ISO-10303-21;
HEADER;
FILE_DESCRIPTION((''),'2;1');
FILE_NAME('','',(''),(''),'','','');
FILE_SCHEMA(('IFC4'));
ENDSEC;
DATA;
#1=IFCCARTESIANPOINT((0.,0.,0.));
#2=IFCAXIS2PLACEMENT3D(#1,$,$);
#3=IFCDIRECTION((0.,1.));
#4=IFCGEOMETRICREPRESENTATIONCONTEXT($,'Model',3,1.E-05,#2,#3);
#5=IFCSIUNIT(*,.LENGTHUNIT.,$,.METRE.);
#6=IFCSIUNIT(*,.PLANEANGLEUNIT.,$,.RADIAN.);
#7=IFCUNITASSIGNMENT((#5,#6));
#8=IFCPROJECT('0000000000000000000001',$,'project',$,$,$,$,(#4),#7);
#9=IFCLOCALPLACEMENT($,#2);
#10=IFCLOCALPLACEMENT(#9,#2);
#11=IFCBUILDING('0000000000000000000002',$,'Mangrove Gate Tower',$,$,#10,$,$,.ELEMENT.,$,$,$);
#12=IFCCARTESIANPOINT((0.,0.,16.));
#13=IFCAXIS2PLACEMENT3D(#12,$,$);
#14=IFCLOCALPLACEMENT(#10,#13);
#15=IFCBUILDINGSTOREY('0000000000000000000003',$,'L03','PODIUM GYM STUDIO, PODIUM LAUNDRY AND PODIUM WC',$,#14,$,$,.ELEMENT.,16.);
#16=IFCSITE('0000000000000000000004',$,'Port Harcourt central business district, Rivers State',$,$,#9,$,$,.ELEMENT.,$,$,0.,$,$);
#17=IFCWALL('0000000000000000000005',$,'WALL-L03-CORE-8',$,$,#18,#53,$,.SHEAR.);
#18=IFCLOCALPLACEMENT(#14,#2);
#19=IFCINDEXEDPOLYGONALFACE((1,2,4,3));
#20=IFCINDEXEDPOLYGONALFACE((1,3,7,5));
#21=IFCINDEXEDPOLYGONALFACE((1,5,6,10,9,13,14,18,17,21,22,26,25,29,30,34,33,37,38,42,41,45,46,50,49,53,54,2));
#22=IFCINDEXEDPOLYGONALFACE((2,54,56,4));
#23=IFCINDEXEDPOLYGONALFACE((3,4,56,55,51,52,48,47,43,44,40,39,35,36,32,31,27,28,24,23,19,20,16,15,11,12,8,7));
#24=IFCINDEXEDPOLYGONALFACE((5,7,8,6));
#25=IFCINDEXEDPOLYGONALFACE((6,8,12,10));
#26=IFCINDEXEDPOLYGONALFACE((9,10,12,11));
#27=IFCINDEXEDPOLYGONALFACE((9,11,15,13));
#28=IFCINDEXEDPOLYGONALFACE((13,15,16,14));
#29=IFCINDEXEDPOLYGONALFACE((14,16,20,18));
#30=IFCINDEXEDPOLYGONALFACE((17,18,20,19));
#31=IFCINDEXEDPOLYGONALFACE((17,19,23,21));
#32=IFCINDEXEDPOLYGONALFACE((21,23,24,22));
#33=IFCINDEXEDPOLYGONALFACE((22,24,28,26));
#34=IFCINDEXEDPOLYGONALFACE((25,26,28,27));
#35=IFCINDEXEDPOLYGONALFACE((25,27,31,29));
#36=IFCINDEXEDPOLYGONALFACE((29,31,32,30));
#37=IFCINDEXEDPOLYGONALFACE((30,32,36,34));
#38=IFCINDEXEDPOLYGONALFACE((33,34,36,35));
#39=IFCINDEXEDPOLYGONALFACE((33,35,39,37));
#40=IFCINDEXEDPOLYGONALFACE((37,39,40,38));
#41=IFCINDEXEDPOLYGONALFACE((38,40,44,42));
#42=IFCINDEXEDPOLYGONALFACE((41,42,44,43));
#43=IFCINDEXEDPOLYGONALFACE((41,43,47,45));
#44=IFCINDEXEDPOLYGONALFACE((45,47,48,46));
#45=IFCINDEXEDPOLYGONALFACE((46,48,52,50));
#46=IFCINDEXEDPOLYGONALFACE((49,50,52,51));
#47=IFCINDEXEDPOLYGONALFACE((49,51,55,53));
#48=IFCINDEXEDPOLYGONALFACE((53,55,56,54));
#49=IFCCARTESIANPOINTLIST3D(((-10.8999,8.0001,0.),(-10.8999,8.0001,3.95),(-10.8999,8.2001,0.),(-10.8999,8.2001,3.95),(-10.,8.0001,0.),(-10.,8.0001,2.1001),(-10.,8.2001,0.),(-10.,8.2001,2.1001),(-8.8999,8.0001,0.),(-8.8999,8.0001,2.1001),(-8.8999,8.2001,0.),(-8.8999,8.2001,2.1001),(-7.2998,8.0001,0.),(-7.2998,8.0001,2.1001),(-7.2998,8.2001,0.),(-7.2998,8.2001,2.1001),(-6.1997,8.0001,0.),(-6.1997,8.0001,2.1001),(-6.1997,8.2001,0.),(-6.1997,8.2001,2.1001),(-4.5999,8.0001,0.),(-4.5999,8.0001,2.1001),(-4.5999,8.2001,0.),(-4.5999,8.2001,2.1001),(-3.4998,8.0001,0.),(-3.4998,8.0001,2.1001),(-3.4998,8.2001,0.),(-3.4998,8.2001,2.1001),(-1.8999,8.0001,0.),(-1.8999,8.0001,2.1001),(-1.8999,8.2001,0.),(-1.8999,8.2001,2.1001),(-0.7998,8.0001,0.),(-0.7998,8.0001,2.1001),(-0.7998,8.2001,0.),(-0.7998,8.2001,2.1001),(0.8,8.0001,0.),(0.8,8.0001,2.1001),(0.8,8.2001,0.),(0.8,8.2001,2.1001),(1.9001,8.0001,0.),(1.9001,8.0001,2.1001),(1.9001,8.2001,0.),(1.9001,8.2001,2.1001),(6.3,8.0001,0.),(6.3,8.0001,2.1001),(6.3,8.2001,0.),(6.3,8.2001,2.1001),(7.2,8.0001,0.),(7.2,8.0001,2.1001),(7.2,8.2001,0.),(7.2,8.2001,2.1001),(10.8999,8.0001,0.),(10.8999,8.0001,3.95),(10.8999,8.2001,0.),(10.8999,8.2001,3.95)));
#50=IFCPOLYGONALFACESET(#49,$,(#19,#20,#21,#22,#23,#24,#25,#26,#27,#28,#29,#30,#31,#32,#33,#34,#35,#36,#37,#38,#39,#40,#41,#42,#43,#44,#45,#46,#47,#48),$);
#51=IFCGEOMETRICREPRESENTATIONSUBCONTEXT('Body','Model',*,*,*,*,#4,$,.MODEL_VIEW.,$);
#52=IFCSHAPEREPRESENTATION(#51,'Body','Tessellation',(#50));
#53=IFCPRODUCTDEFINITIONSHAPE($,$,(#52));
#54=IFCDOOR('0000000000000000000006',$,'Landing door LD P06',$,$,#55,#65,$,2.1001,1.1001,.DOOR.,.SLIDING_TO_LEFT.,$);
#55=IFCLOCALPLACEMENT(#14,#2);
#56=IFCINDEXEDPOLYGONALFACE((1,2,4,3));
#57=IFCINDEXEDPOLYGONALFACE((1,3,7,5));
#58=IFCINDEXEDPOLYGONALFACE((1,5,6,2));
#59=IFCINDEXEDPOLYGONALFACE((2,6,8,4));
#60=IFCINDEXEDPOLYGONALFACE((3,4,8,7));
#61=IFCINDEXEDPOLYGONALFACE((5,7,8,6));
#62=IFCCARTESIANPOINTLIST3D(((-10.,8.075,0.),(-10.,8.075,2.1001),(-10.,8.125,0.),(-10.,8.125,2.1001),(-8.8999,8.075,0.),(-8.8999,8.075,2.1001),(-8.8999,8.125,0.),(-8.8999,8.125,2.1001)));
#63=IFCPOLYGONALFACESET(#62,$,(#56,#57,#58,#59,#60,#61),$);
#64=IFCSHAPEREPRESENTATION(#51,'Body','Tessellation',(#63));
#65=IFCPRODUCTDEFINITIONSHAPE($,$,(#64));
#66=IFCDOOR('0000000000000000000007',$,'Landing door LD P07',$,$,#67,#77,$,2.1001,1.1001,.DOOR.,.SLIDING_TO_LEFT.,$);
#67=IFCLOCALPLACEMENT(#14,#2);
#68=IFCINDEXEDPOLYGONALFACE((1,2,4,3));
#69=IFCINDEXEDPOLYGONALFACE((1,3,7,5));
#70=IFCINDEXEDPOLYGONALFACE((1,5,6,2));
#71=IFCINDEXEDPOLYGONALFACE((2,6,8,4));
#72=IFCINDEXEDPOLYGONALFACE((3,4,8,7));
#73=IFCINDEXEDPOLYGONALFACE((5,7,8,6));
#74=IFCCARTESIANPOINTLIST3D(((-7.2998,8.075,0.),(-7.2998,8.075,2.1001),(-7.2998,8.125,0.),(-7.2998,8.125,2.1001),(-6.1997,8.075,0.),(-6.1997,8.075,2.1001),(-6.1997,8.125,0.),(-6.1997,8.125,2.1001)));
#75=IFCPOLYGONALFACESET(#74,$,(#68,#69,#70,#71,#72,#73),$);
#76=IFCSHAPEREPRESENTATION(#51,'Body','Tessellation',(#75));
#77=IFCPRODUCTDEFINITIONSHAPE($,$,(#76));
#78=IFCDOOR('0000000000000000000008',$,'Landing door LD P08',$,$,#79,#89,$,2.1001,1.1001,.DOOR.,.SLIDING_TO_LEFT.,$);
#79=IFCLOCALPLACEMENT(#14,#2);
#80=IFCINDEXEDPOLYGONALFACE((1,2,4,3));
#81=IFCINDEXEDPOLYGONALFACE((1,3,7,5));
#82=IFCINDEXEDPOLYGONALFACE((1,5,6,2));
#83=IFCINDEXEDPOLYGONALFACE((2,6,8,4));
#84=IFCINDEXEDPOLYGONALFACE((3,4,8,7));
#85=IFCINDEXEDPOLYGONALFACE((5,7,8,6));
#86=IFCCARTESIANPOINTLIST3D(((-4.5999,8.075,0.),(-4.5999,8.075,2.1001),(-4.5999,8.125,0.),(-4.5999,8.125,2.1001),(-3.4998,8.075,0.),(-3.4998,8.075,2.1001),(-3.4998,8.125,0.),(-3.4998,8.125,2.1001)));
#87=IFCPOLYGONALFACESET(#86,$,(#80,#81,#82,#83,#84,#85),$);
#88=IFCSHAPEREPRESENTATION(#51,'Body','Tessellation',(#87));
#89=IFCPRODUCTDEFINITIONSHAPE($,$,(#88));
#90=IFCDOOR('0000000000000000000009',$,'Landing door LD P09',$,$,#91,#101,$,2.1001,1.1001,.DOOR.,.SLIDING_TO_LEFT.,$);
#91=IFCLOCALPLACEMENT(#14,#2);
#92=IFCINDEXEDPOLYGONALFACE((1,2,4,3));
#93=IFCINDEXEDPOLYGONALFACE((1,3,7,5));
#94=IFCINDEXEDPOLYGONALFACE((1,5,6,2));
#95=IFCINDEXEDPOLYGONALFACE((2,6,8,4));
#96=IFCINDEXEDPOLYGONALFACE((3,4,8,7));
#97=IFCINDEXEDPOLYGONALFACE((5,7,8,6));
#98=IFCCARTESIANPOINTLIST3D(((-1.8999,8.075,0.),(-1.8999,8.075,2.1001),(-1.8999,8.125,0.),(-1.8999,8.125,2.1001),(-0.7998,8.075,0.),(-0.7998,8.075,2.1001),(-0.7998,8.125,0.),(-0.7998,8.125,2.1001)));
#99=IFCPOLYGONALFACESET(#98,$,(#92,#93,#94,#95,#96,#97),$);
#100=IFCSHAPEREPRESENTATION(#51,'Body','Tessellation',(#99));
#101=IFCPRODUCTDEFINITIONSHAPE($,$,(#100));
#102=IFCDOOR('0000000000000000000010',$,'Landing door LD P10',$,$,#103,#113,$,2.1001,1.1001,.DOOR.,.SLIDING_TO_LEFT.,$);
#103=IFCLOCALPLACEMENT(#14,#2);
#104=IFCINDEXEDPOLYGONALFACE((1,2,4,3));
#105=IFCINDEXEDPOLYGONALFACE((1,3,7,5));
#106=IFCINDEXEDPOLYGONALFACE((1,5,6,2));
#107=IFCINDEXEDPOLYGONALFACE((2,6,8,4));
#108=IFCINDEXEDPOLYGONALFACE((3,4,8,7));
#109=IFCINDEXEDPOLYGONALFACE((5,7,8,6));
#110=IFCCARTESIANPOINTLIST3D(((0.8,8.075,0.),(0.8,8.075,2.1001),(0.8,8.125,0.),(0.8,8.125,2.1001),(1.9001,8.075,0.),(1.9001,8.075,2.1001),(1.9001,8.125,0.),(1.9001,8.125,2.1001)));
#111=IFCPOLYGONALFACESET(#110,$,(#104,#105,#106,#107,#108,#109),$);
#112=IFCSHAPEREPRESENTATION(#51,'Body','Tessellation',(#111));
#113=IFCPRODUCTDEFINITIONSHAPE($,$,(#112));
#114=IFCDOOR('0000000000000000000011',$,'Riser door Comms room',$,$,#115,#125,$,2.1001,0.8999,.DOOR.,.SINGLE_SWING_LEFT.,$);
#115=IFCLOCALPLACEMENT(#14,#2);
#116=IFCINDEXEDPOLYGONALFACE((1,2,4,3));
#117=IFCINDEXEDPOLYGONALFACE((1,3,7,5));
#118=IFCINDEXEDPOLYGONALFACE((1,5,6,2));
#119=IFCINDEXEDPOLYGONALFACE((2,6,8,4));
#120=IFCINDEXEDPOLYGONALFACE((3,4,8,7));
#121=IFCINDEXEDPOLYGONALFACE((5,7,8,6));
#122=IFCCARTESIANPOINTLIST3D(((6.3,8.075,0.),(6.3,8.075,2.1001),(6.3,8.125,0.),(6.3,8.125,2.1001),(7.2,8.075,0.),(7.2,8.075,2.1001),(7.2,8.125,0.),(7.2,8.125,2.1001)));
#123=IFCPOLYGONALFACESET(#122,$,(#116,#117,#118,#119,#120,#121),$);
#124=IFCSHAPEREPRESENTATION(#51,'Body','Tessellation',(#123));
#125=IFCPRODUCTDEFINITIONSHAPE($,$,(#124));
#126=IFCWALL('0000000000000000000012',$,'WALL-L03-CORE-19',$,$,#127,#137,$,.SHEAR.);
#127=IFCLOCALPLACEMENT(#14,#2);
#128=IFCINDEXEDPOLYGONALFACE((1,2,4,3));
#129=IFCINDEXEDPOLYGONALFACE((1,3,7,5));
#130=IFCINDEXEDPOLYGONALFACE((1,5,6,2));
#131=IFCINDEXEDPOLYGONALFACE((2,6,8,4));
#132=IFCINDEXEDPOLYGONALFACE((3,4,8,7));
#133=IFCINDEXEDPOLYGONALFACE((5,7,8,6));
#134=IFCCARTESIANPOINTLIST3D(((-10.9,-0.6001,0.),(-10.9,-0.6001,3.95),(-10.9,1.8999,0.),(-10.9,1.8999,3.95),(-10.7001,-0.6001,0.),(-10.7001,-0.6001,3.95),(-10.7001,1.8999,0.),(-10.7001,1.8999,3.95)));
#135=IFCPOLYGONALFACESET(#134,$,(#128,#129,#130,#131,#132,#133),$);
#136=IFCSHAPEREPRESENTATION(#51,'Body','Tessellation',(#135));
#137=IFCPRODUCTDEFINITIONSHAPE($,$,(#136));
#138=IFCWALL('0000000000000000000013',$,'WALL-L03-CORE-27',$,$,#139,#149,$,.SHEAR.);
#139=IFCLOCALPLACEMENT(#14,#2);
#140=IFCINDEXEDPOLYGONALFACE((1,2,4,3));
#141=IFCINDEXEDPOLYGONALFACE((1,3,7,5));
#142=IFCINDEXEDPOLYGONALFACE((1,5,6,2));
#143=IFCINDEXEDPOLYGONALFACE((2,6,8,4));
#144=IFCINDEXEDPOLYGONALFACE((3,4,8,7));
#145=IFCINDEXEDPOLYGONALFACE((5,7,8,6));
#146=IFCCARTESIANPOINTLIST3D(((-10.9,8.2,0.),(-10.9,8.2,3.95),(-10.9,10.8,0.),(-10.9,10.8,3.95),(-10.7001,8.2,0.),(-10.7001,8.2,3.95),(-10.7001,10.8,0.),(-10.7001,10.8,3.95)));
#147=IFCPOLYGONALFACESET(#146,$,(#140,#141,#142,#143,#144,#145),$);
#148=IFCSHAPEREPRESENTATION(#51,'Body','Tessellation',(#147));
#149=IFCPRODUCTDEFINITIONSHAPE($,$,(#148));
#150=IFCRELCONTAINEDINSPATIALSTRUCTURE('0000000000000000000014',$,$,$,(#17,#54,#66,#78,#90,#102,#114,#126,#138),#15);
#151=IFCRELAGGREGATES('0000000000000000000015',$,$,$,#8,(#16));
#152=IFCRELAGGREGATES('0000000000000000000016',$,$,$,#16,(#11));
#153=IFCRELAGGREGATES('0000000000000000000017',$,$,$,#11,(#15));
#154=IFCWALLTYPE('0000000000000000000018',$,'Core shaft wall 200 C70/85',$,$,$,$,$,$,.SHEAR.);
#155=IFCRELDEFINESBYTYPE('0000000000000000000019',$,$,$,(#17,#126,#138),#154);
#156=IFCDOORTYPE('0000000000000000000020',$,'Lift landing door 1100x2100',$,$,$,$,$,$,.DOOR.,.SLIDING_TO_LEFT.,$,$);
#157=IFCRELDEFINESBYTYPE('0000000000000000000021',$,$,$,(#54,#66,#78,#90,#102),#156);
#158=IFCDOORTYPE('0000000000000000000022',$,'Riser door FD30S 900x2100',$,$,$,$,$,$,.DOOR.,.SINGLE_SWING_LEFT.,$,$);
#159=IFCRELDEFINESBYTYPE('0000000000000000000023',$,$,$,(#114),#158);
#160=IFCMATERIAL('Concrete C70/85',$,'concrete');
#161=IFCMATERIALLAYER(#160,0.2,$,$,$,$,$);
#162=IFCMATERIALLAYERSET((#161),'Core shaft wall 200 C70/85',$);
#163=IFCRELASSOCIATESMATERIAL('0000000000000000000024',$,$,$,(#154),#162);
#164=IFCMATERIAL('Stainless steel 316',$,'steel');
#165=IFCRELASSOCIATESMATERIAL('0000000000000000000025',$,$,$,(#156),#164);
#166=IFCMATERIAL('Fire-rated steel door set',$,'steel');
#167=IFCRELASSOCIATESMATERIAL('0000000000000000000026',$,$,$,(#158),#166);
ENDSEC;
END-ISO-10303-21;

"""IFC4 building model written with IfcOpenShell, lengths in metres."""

from ifc_helpers import new_model, si_unit, direction, frame, frame_2d, origin, place, context, subcontext, project, spatial, rectangle, extrude, material, layer, layer_set, type_object, element, fill, save


model = new_model("IFC4")

# Units and contexts
model_context = context("Model", 3, precision=1e-05, world=origin(), true_north=direction((0.0, 1.0)))
body_context = subcontext(model_context, "Body", "Model", "MODEL_VIEW")
ifc_project = project(units=[si_unit("LENGTHUNIT", "METRE"), si_unit("PLANEANGLEUNIT", "RADIAN")], contexts=[model_context])

# Site, building, storey
site_placement = place(None, origin())
site = spatial("IfcSite", under=ifc_project, at=site_placement, Name="Port Harcourt central business district, Rivers State", CompositionType="ELEMENT", RefElevation=0.0)
building_placement = place(site_placement, origin())
building = spatial("IfcBuilding", under=site, at=building_placement, Name="Mangrove Gate Tower", CompositionType="ELEMENT")
storey_placement = place(building_placement, frame((0.0, 0.0, 16.0)))
storey = spatial("IfcBuildingStorey", under=building, at=storey_placement, Name="L03", Description="PODIUM GYM STUDIO, PODIUM LAUNDRY AND PODIUM WC", CompositionType="ELEMENT", Elevation=16.0)

# Shared definitions
ifc_material_1 = material(Name="Concrete C70/85", Category="concrete")
ifc_layer = layer(ifc_material_1, 0.2)
ifc_layer_set = layer_set([ifc_layer], Name="Core shaft wall 200 C70/85")
wall_type = type_object("IfcWallType", Name="Core shaft wall 200 C70/85", PredefinedType="SHEAR", material=ifc_layer_set)

# Wall, openings, doors
ifc_material_2 = material(Name="Stainless steel 316", Category="steel")
door_type_1 = type_object("IfcDoorType", Name="Lift landing door 1100x2100", OperationType="SLIDING_TO_LEFT", PredefinedType="DOOR", material=ifc_material_2)
ifc_material_3 = material(Name="Fire-rated steel door set", Category="steel")
door_type_2 = type_object("IfcDoorType", Name="Riser door FD30S 900x2100", OperationType="SINGLE_SWING_LEFT", PredefinedType="DOOR", material=ifc_material_3)
wall_1_placement = place(storey_placement, frame((-10.8999, 8.1001, 0.0), z_axis=(0.0, 0.0, 1.0), x_axis=(1.0, 0.0, 0.0)))
wall_1 = element("IfcWall", 1, at=wall_1_placement, inside=storey, type_object=wall_type, Name="WALL-L03-CORE-8", PredefinedType="SHEAR", context=body_context, shape_type="SweptSolid", body=[
    extrude(rectangle(XDim=21.7998, YDim=0.2, at=frame_2d((10.8999, 0.0))), origin(), (0.0, 0.0, 1.0), 3.95),
])
opening_1_placement = place(wall_1_placement, frame((0.8999, 0.0, 0.0)))
opening_1 = element("IfcOpeningElement", 2, at=opening_1_placement, cuts=wall_1, PredefinedType="OPENING", context=body_context, shape_type="SweptSolid", body=[
    extrude(rectangle(XDim=1.1001, YDim=2.1001, at=frame_2d((0.55, 1.05))), frame((0.0, 0.1099, 0.0), z_axis=(0.0, -1.0, 0.0), x_axis=(1.0, 0.0, 0.0)), (0.0, 0.0, 1.0), 0.22),
])
opening_2_placement = place(wall_1_placement, frame((3.6001, 0.0, 0.0)))
opening_2 = element("IfcOpeningElement", 3, at=opening_2_placement, cuts=wall_1, PredefinedType="OPENING", context=body_context, shape_type="SweptSolid", body=[
    extrude(rectangle(XDim=1.1001, YDim=2.1001, at=frame_2d((0.55, 1.05))), frame((0.0, 0.1099, 0.0), z_axis=(0.0, -1.0, 0.0), x_axis=(1.0, 0.0, 0.0)), (0.0, 0.0, 1.0), 0.22),
])
opening_3_placement = place(wall_1_placement, frame((6.3, 0.0, 0.0)))
opening_3 = element("IfcOpeningElement", 4, at=opening_3_placement, cuts=wall_1, PredefinedType="OPENING", context=body_context, shape_type="SweptSolid", body=[
    extrude(rectangle(XDim=1.1001, YDim=2.1001, at=frame_2d((0.55, 1.05))), frame((0.0, 0.1099, 0.0), z_axis=(0.0, -1.0, 0.0), x_axis=(1.0, 0.0, 0.0)), (0.0, 0.0, 1.0), 0.22),
])
opening_4_placement = place(wall_1_placement, frame((9.0, 0.0, 0.0)))
opening_4 = element("IfcOpeningElement", 5, at=opening_4_placement, cuts=wall_1, PredefinedType="OPENING", context=body_context, shape_type="SweptSolid", body=[
    extrude(rectangle(XDim=1.1001, YDim=2.1001, at=frame_2d((0.55, 1.05))), frame((0.0, 0.1099, 0.0), z_axis=(0.0, -1.0, 0.0), x_axis=(1.0, 0.0, 0.0)), (0.0, 0.0, 1.0), 0.22),
])
opening_5_placement = place(wall_1_placement, frame((11.7, 0.0, 0.0)))
opening_5 = element("IfcOpeningElement", 6, at=opening_5_placement, cuts=wall_1, PredefinedType="OPENING", context=body_context, shape_type="SweptSolid", body=[
    extrude(rectangle(XDim=1.1001, YDim=2.1001, at=frame_2d((0.55, 1.05))), frame((0.0, 0.1099, 0.0), z_axis=(0.0, -1.0, 0.0), x_axis=(1.0, 0.0, 0.0)), (0.0, 0.0, 1.0), 0.22),
])
opening_6_placement = place(wall_1_placement, frame((17.2, 0.0, 0.0)))
opening_6 = element("IfcOpeningElement", 7, at=opening_6_placement, cuts=wall_1, PredefinedType="OPENING", context=body_context, shape_type="SweptSolid", body=[
    extrude(rectangle(XDim=0.8999, YDim=2.1001, at=frame_2d((0.45, 1.05))), frame((0.0, 0.1099, 0.0), z_axis=(0.0, -1.0, 0.0), x_axis=(1.0, 0.0, 0.0)), (0.0, 0.0, 1.0), 0.22),
])
door_1_placement = place(opening_1_placement, origin())
door_1 = element("IfcDoor", 8, at=door_1_placement, inside=storey, type_object=door_type_1, Name="Landing door LD P06", OperationType="SLIDING_TO_LEFT", OverallHeight=2.1001, OverallWidth=1.1001, PredefinedType="DOOR", context=body_context, shape_type="SweptSolid", body=[
    extrude(rectangle(XDim=1.1001, YDim=2.1001, at=frame_2d((0.55, 1.05))), frame((0.0, 0.0249, 0.0), z_axis=(0.0, -1.0, 0.0), x_axis=(1.0, 0.0, 0.0)), (0.0, 0.0, 1.0), 0.05),
])
fill(opening_1, door_1)
door_2_placement = place(opening_2_placement, origin())
door_2 = element("IfcDoor", 9, at=door_2_placement, inside=storey, type_object=door_type_1, Name="Landing door LD P07", OperationType="SLIDING_TO_LEFT", OverallHeight=2.1001, OverallWidth=1.1001, PredefinedType="DOOR", context=body_context, shape_type="SweptSolid", body=[
    extrude(rectangle(XDim=1.1001, YDim=2.1001, at=frame_2d((0.55, 1.05))), frame((0.0, 0.0249, 0.0), z_axis=(0.0, -1.0, 0.0), x_axis=(1.0, 0.0, 0.0)), (0.0, 0.0, 1.0), 0.05),
])
fill(opening_2, door_2)
door_3_placement = place(opening_3_placement, origin())
door_3 = element("IfcDoor", 10, at=door_3_placement, inside=storey, type_object=door_type_1, Name="Landing door LD P08", OperationType="SLIDING_TO_LEFT", OverallHeight=2.1001, OverallWidth=1.1001, PredefinedType="DOOR", context=body_context, shape_type="SweptSolid", body=[
    extrude(rectangle(XDim=1.1001, YDim=2.1001, at=frame_2d((0.55, 1.05))), frame((0.0, 0.0249, 0.0), z_axis=(0.0, -1.0, 0.0), x_axis=(1.0, 0.0, 0.0)), (0.0, 0.0, 1.0), 0.05),
])
fill(opening_3, door_3)
door_4_placement = place(opening_4_placement, origin())
door_4 = element("IfcDoor", 11, at=door_4_placement, inside=storey, type_object=door_type_1, Name="Landing door LD P09", OperationType="SLIDING_TO_LEFT", OverallHeight=2.1001, OverallWidth=1.1001, PredefinedType="DOOR", context=body_context, shape_type="SweptSolid", body=[
    extrude(rectangle(XDim=1.1001, YDim=2.1001, at=frame_2d((0.55, 1.05))), frame((0.0, 0.0249, 0.0), z_axis=(0.0, -1.0, 0.0), x_axis=(1.0, 0.0, 0.0)), (0.0, 0.0, 1.0), 0.05),
])
fill(opening_4, door_4)
door_5_placement = place(opening_5_placement, origin())
door_5 = element("IfcDoor", 12, at=door_5_placement, inside=storey, type_object=door_type_1, Name="Landing door LD P10", OperationType="SLIDING_TO_LEFT", OverallHeight=2.1001, OverallWidth=1.1001, PredefinedType="DOOR", context=body_context, shape_type="SweptSolid", body=[
    extrude(rectangle(XDim=1.1001, YDim=2.1001, at=frame_2d((0.55, 1.05))), frame((0.0, 0.0249, 0.0), z_axis=(0.0, -1.0, 0.0), x_axis=(1.0, 0.0, 0.0)), (0.0, 0.0, 1.0), 0.05),
])
fill(opening_5, door_5)
door_6_placement = place(opening_6_placement, origin())
door_6 = element("IfcDoor", 13, at=door_6_placement, inside=storey, type_object=door_type_2, Name="Riser door Comms room", OperationType="SINGLE_SWING_LEFT", OverallHeight=2.1001, OverallWidth=0.8999, PredefinedType="DOOR", context=body_context, shape_type="SweptSolid", body=[
    extrude(rectangle(XDim=0.8999, YDim=2.1001, at=frame_2d((0.45, 1.05))), frame((0.0, 0.0249, 0.0), z_axis=(0.0, -1.0, 0.0), x_axis=(1.0, 0.0, 0.0)), (0.0, 0.0, 1.0), 0.05),
])
fill(opening_6, door_6)

# Walls
wall_2_placement = place(storey_placement, frame((-10.8, -0.6001, 0.0), z_axis=(0.0, 0.0, 1.0), x_axis=(0.0, 1.0, 0.0)))
element("IfcWall", 14, at=wall_2_placement, inside=storey, type_object=wall_type, Name="WALL-L03-CORE-19", PredefinedType="SHEAR", context=body_context, shape_type="SweptSolid", body=[
    extrude(rectangle(XDim=2.5, YDim=0.2, at=frame_2d((1.25, 0.0))), origin(), (0.0, 0.0, 1.0), 3.95),
])
wall_3_placement = place(storey_placement, frame((-10.8, 8.2, 0.0), z_axis=(0.0, 0.0, 1.0), x_axis=(0.0, 1.0, 0.0)))
element("IfcWall", 15, at=wall_3_placement, inside=storey, type_object=wall_type, Name="WALL-L03-CORE-27", PredefinedType="SHEAR", context=body_context, shape_type="SweptSolid", body=[
    extrude(rectangle(XDim=2.6001, YDim=0.2, at=frame_2d((1.3, 0.0))), origin(), (0.0, 0.0, 1.0), 3.95),
])

save(model, "model.ifc")
